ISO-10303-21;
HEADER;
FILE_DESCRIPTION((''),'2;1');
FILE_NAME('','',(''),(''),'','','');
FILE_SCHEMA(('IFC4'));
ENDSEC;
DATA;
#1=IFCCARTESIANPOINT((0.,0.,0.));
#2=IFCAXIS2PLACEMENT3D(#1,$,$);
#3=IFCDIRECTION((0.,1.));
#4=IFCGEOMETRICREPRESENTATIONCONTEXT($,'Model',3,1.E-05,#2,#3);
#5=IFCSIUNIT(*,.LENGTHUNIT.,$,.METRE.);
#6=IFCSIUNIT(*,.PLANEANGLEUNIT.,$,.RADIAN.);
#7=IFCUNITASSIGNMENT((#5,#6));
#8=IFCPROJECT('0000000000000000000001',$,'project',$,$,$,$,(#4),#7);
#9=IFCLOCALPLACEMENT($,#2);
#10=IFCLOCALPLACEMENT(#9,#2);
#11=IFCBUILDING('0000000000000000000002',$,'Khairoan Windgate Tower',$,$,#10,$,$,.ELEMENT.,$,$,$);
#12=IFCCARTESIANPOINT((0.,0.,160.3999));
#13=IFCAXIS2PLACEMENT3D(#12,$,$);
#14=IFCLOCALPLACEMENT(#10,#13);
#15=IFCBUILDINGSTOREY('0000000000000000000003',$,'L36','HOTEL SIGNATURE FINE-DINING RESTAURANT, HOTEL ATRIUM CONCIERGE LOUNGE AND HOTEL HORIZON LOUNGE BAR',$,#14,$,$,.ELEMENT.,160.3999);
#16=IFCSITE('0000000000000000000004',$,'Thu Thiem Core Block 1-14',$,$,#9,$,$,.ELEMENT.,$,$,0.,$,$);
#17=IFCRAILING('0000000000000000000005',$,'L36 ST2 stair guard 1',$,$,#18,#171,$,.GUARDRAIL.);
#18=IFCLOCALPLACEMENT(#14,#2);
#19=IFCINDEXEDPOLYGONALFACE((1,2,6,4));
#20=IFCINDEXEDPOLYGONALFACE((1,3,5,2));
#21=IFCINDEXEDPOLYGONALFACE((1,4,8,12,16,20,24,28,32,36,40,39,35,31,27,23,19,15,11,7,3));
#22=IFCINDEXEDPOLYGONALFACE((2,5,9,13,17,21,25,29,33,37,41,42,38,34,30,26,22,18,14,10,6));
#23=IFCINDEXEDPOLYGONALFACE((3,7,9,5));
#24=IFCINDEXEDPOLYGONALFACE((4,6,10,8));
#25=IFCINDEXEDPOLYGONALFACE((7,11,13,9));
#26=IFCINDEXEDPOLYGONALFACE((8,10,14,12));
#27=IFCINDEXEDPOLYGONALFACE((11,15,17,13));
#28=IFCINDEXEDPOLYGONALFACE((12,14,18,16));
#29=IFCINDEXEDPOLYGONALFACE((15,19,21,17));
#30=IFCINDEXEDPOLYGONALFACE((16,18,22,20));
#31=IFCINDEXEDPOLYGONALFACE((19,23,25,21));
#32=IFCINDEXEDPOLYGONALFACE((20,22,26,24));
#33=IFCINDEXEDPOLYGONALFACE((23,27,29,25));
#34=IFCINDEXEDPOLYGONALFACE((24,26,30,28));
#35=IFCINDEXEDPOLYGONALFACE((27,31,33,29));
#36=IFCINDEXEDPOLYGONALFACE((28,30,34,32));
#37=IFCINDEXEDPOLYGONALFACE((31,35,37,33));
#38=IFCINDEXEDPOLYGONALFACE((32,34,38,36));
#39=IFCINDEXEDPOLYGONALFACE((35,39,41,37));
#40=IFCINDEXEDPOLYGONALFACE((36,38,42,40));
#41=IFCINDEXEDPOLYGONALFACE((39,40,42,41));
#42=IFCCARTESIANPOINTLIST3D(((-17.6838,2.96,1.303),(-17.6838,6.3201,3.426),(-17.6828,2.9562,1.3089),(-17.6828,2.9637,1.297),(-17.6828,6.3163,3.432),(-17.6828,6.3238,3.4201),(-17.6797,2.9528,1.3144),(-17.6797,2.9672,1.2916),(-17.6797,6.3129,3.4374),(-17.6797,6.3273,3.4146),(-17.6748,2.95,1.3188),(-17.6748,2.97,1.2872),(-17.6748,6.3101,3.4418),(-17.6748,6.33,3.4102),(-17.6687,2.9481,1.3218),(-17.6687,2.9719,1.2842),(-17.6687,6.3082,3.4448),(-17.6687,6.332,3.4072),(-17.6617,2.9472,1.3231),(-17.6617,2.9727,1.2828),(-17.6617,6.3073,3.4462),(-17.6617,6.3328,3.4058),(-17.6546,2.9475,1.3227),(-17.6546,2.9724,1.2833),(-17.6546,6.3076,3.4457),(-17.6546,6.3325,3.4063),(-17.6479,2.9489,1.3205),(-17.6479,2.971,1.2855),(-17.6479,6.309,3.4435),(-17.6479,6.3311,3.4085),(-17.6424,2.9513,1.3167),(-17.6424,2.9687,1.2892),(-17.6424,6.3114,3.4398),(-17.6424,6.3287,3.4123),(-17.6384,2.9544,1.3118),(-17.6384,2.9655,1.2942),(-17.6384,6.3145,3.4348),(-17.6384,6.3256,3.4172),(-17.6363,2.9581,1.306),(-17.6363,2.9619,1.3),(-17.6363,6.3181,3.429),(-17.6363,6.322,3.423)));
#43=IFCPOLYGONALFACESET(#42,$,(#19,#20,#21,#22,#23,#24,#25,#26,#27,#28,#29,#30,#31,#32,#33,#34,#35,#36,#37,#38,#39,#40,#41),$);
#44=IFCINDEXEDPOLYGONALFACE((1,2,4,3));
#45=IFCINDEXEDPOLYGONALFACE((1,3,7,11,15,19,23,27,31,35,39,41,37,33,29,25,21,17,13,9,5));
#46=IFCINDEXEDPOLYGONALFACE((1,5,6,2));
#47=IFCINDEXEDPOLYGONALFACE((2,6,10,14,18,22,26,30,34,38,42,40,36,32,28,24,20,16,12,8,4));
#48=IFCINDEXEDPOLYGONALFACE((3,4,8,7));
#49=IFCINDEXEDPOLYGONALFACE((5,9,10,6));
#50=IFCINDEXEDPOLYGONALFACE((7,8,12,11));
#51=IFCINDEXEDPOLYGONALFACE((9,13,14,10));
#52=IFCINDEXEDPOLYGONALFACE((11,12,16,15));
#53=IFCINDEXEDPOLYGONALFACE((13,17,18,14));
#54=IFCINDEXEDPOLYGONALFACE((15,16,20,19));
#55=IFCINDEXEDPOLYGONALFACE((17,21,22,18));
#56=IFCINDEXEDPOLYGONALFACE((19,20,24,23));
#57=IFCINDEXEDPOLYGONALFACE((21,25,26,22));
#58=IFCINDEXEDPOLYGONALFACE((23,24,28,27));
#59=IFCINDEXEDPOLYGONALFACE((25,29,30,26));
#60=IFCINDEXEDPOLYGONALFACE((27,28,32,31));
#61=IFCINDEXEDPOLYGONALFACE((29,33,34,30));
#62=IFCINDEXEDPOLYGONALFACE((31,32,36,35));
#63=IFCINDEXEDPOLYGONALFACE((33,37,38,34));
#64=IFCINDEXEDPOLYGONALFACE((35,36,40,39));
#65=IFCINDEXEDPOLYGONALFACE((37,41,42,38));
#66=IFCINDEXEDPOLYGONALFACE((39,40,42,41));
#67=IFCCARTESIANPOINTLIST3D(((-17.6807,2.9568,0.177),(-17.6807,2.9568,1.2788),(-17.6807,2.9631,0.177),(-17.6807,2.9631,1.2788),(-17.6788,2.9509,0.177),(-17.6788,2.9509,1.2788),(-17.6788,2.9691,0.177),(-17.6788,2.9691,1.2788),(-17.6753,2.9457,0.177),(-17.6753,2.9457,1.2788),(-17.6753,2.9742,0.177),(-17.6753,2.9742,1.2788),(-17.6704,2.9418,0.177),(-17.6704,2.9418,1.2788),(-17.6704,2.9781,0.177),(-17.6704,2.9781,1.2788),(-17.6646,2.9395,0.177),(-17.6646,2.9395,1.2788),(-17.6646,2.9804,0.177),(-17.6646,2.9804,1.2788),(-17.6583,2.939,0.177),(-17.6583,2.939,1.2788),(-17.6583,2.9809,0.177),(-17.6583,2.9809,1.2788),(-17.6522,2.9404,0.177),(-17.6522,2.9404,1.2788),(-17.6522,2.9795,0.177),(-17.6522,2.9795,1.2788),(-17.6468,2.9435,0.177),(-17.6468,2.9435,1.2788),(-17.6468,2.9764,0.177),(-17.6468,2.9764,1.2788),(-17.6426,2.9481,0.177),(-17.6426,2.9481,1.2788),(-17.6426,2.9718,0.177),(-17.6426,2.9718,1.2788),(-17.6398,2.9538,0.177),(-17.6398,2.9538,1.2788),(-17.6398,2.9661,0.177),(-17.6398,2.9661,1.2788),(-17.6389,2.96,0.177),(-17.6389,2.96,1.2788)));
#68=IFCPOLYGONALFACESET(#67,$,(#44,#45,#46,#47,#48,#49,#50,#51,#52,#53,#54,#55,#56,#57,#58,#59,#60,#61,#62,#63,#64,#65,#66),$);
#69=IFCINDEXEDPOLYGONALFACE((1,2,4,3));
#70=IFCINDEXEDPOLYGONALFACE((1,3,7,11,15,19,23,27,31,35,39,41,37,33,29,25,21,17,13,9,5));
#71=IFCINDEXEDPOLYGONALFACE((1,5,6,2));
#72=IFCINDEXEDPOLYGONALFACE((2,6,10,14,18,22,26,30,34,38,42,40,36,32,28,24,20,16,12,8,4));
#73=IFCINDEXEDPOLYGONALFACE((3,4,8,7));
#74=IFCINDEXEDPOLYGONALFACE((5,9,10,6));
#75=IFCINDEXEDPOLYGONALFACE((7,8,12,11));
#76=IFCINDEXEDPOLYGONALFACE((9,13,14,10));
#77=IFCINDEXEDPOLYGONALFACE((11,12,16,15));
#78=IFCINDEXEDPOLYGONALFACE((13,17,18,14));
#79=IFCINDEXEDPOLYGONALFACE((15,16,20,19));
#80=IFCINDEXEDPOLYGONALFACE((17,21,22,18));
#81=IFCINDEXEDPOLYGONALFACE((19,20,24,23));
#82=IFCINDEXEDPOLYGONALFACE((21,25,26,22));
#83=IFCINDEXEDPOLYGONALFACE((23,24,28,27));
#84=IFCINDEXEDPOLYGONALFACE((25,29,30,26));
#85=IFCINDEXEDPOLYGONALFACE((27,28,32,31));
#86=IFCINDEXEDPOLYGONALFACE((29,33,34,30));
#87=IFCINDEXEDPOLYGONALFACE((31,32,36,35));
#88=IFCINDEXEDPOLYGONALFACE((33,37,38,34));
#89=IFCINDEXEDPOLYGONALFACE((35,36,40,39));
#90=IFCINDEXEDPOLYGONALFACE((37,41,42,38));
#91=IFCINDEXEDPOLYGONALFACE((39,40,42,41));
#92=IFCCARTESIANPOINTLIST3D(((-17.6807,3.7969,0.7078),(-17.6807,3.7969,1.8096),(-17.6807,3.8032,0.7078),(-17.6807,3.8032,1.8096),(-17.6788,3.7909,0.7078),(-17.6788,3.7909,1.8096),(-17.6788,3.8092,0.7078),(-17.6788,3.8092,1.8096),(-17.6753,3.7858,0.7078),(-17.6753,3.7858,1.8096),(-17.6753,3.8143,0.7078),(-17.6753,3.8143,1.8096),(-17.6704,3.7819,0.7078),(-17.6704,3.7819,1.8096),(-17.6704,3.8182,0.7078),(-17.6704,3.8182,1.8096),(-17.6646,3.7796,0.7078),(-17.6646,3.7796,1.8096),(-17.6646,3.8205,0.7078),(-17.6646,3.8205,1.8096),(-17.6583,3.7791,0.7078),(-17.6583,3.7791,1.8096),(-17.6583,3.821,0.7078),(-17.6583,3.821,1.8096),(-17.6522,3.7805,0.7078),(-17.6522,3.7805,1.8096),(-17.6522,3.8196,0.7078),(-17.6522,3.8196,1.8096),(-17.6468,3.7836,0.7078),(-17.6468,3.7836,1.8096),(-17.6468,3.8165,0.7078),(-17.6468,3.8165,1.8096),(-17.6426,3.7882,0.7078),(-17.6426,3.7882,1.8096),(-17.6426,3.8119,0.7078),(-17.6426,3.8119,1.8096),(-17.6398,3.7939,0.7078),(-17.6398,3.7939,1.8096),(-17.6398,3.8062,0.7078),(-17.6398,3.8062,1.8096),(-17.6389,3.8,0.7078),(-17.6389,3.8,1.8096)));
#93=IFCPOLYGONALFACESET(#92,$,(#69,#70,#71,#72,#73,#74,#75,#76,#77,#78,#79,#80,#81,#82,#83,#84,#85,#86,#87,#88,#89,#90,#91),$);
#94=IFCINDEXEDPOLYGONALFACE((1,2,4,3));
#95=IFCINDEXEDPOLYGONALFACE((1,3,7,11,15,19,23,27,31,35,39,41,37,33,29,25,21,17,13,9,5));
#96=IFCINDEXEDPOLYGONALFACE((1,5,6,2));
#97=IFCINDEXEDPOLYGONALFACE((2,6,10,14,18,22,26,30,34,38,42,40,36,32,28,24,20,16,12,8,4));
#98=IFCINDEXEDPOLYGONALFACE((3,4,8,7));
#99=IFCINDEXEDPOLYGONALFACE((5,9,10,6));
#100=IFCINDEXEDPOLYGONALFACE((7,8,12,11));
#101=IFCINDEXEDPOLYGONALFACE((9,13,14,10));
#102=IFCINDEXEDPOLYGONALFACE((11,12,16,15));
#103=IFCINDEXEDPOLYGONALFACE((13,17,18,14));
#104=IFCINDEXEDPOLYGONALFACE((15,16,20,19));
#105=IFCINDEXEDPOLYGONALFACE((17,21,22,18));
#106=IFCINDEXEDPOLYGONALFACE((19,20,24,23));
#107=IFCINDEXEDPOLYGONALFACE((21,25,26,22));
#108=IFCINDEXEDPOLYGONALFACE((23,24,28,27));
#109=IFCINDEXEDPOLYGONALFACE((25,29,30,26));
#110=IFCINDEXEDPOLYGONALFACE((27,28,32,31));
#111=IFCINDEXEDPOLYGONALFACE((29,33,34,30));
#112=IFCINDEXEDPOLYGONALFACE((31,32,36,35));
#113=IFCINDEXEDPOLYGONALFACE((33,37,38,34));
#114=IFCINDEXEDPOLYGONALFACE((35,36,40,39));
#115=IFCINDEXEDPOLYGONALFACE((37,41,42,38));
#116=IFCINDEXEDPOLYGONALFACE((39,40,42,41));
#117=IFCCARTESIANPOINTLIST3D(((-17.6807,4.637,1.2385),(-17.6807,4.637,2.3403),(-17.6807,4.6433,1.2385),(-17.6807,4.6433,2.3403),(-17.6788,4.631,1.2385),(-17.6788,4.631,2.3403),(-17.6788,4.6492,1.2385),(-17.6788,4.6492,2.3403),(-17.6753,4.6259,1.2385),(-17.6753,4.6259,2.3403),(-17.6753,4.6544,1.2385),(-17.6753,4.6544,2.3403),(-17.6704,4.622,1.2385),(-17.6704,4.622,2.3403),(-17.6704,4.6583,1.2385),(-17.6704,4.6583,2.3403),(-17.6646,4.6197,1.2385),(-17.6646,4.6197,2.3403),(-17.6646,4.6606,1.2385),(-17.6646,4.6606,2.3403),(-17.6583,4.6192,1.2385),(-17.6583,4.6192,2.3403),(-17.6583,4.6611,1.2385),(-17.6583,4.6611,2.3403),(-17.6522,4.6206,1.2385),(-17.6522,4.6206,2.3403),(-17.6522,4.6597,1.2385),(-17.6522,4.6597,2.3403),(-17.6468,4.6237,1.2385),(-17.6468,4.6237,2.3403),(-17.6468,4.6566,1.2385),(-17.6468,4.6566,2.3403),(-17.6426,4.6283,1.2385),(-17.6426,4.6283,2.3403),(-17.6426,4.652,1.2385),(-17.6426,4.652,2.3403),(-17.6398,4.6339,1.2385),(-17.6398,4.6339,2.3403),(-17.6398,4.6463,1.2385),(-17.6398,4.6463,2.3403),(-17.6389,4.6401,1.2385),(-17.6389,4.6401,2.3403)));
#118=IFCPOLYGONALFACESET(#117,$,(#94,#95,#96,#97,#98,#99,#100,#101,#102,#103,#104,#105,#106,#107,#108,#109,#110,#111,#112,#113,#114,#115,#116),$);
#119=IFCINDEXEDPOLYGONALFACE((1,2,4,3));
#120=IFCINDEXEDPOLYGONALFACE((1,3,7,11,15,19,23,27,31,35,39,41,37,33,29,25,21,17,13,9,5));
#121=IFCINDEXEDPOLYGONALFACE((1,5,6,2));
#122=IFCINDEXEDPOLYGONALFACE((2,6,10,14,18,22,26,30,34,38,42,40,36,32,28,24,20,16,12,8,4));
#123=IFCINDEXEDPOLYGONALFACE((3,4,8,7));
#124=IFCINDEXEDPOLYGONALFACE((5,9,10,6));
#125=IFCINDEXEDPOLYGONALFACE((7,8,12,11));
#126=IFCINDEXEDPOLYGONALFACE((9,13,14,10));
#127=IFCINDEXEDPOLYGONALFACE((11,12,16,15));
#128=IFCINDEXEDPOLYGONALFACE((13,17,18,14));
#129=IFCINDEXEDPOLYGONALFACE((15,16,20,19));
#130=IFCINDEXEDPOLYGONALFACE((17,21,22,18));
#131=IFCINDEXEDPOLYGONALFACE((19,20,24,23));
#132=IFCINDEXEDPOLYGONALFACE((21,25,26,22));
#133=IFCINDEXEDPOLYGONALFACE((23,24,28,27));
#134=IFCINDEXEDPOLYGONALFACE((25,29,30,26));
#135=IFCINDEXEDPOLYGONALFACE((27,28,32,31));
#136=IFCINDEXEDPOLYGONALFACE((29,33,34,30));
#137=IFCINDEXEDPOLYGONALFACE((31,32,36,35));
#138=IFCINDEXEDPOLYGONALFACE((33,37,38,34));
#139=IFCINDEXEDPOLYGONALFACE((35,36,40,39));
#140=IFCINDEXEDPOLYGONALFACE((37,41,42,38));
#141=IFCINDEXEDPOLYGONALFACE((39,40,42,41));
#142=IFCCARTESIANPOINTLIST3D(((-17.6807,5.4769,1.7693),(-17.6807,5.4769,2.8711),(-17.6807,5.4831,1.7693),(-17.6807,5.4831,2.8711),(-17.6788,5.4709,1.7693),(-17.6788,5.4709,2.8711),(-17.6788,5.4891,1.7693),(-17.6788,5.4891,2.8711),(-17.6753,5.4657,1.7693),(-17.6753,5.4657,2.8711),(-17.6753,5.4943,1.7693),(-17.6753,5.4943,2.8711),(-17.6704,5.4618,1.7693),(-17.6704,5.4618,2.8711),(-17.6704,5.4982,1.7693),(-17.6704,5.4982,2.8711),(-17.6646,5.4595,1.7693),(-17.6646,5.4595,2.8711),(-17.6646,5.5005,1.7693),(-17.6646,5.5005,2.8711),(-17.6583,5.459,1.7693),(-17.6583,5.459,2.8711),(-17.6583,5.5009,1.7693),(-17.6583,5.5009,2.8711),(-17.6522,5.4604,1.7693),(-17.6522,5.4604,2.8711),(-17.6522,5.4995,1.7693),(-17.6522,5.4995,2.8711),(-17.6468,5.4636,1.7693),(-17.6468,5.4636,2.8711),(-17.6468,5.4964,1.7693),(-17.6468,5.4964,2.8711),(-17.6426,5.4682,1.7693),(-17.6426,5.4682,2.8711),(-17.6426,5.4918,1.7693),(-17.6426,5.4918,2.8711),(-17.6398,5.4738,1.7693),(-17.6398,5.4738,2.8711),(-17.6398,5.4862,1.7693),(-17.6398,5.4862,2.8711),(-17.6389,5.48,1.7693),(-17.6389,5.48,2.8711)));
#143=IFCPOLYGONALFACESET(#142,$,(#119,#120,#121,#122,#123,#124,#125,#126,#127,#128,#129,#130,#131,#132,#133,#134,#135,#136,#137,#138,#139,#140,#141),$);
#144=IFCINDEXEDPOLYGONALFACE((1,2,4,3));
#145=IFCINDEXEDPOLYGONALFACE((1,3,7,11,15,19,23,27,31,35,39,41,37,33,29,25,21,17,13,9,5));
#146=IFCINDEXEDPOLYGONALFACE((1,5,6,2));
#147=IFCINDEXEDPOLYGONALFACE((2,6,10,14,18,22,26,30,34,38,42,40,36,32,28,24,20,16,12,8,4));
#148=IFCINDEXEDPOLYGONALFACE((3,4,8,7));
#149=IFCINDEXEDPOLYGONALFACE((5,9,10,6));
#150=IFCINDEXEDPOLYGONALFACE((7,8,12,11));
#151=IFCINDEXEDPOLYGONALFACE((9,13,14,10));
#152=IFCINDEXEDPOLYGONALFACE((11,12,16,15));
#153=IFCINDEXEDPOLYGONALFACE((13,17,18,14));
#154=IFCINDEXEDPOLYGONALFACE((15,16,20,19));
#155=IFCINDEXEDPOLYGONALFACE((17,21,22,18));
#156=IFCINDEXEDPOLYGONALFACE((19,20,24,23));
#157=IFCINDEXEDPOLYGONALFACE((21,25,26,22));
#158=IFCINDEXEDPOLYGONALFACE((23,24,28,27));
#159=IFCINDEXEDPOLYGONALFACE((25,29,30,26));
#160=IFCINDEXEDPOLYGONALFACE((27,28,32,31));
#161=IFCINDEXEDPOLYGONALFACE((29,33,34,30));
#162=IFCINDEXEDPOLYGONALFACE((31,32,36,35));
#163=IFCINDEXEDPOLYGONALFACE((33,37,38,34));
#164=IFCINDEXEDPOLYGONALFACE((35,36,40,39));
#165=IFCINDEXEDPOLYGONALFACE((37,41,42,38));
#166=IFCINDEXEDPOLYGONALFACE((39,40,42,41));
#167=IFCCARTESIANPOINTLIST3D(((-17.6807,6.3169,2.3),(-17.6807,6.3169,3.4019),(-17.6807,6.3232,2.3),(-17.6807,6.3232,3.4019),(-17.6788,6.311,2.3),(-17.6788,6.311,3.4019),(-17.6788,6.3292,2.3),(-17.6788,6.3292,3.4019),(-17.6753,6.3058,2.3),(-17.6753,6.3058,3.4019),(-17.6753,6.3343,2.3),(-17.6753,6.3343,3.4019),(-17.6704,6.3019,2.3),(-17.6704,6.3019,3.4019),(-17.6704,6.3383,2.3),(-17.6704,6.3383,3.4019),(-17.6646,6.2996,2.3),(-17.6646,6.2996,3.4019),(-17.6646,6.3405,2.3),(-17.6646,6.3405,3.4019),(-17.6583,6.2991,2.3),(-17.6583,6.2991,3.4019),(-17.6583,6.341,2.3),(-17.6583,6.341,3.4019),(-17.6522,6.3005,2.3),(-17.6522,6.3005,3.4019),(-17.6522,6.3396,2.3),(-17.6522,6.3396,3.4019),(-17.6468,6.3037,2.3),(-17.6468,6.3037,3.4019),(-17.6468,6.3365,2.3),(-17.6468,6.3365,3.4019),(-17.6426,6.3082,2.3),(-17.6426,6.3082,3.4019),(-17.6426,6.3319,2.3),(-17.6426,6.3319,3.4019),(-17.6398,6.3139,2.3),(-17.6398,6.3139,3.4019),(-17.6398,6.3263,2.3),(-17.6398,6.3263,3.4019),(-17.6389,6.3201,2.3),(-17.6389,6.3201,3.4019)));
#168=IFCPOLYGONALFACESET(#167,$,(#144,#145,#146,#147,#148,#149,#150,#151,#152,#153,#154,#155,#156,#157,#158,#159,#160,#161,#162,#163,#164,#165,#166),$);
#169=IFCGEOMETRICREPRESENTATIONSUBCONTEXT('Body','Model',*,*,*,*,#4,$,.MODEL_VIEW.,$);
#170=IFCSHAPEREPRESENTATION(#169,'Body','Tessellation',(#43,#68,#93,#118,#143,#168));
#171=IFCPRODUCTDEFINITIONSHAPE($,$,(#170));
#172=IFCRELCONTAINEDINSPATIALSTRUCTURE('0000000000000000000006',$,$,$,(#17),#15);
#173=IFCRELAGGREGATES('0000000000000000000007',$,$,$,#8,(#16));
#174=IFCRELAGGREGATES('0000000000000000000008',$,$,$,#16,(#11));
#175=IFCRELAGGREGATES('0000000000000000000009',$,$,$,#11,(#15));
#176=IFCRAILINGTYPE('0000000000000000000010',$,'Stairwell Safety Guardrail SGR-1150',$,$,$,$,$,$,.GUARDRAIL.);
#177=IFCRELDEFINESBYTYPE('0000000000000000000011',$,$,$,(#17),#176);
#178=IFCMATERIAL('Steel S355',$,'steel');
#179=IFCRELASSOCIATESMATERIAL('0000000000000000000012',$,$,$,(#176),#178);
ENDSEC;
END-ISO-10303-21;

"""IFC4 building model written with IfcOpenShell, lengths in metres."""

from ifc_helpers import new_model, si_unit, direction, frame, origin, origin_2d, place, context, subcontext, project, spatial, circle, extrude, material, type_object, element, save


model = new_model("IFC4")

# Units and contexts
model_context = context("Model", 3, precision=1e-05, world=origin(), true_north=direction((0.0, 1.0)))
body_context = subcontext(model_context, "Body", "Model", "MODEL_VIEW")
ifc_project = project(units=[si_unit("LENGTHUNIT", "METRE"), si_unit("PLANEANGLEUNIT", "RADIAN")], contexts=[model_context])

# Site, building, storey
site_placement = place(None, origin())
site = spatial("IfcSite", under=ifc_project, at=site_placement, Name="Thu Thiem Core Block 1-14", CompositionType="ELEMENT", RefElevation=0.0)
building_placement = place(site_placement, origin())
building = spatial("IfcBuilding", under=site, at=building_placement, Name="Khairoan Windgate Tower", CompositionType="ELEMENT")
storey_placement = place(building_placement, frame((0.0, 0.0, 160.3999)))
storey = spatial("IfcBuildingStorey", under=building, at=storey_placement, Name="L36", Description="HOTEL SIGNATURE FINE-DINING RESTAURANT, HOTEL ATRIUM CONCIERGE LOUNGE AND HOTEL HORIZON LOUNGE BAR", CompositionType="ELEMENT", Elevation=160.3999)

# Railing
ifc_material_1 = material(Name="Steel S355", Category="steel")
railing_type_1 = type_object("IfcRailingType", Name="Stairwell Safety Guardrail SGR-1150", PredefinedType="GUARDRAIL", material=ifc_material_1)
railing_1_placement = place(storey_placement, frame((-17.6599, 2.96, 0.177)))
element("IfcRailing", 1, at=railing_1_placement, inside=storey, type_object=railing_type_1, Name="L36 ST2 stair guard 1", PredefinedType="GUARDRAIL", context=body_context, shape_type="SweptSolid", body=[
    extrude(circle(Radius=0.0239, at=origin_2d()), frame((0.0, 0.0, 1.126), z_axis=(0.0, 0.84539, 0.53415), x_axis=(-1.0, 0.0, 0.0)), (0.0, 0.0, 1.0), 3.9746),
    extrude(circle(Radius=0.021, at=origin_2d()), origin(), (0.0, 0.0, 1.0), 1.1018),
    extrude(circle(Radius=0.021, at=origin_2d()), frame((0.0, 0.8401, 0.5308)), (0.0, 0.0, 1.0), 1.1018),
    extrude(circle(Radius=0.021, at=origin_2d()), frame((0.0, 1.6802, 1.0615)), (0.0, 0.0, 1.0), 1.1018),
    extrude(circle(Radius=0.021, at=origin_2d()), frame((0.0, 2.52, 1.5923)), (0.0, 0.0, 1.0), 1.1018),
    extrude(circle(Radius=0.021, at=origin_2d()), frame((0.0, 3.3601, 2.123)), (0.0, 0.0, 1.0), 1.1018),
])

save(model, "model.ifc")
